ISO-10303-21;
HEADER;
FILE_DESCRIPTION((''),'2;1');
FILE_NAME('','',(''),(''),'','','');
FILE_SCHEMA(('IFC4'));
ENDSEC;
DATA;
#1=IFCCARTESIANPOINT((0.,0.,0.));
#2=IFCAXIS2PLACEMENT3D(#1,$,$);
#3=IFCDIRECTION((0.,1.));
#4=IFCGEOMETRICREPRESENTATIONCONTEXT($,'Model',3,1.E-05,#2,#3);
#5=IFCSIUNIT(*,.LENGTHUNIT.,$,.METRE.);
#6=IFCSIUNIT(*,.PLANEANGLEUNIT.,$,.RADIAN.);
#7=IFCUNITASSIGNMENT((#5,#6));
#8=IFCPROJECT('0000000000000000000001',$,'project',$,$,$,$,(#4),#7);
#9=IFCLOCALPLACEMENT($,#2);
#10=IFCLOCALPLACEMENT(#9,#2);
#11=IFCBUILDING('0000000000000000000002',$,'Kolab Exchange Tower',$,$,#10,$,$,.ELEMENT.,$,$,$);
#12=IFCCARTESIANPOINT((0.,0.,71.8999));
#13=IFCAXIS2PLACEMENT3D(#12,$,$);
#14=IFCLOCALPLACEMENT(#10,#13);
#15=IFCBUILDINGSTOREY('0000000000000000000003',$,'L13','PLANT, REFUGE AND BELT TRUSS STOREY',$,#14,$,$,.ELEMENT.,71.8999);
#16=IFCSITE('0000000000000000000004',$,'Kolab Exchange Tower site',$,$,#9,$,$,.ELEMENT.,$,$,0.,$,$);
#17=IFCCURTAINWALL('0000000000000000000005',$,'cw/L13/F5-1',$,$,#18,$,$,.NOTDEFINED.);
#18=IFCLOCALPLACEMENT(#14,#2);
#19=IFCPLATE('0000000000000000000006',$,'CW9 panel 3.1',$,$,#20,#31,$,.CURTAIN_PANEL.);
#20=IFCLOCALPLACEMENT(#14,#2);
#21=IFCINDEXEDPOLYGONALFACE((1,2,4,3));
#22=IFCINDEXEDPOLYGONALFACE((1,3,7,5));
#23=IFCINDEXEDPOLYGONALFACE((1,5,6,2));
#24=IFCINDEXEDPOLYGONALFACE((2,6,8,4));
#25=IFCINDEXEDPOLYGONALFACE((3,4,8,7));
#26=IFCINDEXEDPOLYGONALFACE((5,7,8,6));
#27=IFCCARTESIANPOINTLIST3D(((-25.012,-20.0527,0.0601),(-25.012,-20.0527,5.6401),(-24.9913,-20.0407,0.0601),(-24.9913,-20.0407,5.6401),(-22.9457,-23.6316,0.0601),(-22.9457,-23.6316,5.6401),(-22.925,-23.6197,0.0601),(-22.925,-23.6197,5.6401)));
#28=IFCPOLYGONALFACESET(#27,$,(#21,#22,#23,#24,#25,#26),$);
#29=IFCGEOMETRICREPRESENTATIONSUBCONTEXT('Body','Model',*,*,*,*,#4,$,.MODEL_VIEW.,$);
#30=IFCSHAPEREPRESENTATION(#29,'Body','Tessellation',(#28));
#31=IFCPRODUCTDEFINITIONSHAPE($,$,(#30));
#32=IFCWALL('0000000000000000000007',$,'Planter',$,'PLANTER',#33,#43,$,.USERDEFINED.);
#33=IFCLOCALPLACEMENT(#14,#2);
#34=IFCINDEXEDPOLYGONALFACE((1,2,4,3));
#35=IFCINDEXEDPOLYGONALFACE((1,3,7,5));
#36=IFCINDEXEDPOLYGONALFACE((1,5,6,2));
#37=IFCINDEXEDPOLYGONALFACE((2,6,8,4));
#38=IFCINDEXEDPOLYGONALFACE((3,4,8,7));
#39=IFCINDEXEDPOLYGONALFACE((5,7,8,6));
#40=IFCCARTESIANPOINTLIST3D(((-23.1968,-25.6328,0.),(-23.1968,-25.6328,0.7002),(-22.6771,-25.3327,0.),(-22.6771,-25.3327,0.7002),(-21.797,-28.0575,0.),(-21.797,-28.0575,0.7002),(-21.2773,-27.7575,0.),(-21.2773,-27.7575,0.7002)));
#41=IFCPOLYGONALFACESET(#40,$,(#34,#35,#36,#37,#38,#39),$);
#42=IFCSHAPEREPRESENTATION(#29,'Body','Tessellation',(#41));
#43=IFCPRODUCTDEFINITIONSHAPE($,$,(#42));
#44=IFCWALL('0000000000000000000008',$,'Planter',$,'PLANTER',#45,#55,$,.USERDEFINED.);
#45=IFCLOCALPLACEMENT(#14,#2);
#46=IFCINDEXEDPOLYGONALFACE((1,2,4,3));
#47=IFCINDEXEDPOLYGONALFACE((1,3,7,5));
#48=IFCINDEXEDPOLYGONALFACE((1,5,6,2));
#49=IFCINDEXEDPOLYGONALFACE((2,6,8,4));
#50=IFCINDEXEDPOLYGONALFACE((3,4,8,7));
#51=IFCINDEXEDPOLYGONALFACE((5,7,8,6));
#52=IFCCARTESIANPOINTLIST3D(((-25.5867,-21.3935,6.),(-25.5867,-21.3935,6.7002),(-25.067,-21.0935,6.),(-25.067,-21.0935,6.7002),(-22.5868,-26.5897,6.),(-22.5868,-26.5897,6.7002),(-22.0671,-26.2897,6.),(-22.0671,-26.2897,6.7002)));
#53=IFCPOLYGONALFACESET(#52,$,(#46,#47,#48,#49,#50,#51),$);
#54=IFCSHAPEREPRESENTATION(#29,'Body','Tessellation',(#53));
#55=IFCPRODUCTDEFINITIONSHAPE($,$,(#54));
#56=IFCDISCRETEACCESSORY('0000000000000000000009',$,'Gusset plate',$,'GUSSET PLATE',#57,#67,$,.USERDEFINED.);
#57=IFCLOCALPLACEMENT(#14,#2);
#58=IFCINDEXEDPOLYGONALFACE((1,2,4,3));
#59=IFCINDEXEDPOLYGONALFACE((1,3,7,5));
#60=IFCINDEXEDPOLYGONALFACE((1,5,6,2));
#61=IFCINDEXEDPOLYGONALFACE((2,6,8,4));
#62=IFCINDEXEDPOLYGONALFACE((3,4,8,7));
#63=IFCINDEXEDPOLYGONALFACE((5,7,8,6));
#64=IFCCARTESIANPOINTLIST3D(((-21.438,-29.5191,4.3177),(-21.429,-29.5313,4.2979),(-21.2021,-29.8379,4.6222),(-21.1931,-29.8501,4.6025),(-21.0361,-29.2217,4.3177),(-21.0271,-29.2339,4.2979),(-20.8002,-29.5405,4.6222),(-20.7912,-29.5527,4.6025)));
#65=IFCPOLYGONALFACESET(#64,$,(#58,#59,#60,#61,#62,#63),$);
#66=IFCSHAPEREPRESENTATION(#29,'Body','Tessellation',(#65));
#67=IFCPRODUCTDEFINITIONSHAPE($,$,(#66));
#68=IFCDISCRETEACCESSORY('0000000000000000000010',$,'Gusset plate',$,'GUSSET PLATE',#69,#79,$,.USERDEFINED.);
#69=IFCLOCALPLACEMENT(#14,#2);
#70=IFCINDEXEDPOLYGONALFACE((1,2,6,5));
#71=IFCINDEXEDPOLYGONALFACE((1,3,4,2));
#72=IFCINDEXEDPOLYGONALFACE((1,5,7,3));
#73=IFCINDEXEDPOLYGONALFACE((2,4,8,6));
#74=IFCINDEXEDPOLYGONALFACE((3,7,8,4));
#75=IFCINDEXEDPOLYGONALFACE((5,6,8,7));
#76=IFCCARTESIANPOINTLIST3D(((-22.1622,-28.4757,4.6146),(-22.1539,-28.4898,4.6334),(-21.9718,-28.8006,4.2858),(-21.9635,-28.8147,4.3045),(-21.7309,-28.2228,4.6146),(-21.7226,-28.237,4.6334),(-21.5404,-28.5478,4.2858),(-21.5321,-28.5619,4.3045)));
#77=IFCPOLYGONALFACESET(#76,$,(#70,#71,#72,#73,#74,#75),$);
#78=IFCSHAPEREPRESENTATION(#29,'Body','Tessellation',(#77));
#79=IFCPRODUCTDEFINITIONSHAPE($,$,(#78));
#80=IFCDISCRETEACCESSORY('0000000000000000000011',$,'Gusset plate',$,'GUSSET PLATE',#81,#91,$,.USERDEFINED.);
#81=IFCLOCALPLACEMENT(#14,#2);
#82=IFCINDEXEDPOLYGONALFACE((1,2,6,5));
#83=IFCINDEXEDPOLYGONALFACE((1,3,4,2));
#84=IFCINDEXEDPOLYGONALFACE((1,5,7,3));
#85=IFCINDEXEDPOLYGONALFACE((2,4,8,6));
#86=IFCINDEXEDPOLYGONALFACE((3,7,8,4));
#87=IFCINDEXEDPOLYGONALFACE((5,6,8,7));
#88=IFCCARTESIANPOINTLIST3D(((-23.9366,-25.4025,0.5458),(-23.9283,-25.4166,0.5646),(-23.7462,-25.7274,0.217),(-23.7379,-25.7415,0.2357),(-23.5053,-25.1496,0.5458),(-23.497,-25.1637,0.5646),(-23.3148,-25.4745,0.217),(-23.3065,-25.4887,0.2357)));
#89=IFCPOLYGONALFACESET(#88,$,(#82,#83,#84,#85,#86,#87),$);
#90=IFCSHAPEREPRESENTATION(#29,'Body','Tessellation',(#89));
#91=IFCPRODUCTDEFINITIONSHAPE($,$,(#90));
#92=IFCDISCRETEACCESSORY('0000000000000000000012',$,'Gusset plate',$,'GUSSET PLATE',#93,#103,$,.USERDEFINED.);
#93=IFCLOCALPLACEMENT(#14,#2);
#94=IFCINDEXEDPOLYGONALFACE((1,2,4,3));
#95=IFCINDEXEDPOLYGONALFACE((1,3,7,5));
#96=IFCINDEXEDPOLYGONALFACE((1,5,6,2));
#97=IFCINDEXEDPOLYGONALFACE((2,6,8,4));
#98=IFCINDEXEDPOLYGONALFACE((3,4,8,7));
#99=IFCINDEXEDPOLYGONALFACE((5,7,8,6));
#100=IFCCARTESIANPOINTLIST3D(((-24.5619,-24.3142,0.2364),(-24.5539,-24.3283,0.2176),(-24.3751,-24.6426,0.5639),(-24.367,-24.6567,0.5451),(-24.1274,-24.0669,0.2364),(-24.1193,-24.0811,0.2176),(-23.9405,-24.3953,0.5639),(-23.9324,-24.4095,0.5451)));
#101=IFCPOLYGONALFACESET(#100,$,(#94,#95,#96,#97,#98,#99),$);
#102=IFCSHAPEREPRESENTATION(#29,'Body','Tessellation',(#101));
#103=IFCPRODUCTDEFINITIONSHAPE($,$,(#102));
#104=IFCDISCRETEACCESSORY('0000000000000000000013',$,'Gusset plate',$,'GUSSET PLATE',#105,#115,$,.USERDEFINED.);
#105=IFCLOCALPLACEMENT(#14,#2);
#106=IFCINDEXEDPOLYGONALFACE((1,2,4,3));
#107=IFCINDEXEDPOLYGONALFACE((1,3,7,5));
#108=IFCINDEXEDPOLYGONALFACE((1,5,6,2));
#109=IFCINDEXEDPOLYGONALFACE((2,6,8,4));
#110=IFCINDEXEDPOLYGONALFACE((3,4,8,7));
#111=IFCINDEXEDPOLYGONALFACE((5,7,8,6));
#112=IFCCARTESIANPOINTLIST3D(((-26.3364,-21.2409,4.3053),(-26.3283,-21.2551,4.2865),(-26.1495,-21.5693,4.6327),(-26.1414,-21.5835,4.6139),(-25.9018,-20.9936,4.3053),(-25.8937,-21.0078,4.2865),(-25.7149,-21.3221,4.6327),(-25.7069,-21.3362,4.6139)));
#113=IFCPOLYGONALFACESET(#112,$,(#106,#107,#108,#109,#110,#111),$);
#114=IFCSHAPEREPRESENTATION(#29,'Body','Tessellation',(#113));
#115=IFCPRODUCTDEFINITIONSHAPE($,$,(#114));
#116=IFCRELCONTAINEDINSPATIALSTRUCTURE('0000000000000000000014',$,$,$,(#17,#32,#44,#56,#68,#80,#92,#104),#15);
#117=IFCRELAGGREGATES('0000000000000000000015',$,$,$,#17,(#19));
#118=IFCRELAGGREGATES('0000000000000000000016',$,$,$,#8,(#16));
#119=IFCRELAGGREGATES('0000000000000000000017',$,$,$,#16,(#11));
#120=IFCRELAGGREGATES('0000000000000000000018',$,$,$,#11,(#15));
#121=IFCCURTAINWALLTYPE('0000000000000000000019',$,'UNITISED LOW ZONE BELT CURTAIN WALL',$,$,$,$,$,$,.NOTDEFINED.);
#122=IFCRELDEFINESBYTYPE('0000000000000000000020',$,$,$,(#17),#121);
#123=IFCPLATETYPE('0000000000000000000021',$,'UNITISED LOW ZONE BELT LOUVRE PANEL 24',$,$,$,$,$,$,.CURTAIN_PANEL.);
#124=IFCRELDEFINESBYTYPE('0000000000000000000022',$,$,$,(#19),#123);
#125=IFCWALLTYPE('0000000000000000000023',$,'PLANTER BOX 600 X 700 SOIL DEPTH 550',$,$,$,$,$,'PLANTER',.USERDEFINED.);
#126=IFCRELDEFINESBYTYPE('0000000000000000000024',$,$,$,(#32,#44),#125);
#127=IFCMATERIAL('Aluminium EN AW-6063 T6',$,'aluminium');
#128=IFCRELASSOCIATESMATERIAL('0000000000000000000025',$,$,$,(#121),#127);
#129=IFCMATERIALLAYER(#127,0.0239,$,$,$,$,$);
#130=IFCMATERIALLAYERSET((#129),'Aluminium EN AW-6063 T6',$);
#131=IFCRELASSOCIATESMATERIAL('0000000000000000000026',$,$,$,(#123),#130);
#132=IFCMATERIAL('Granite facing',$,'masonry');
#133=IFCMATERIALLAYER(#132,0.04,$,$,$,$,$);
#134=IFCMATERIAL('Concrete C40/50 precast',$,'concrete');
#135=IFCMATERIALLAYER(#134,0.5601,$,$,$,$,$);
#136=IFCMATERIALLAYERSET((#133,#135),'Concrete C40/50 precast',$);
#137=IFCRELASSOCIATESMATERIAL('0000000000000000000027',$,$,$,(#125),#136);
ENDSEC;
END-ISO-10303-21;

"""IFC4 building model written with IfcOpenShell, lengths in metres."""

from ifc_helpers import new_model, si_unit, direction, frame, frame_2d, origin, origin_2d, place, context, subcontext, project, spatial, rectangle, extrude, material, layer, layer_set, type_object, element, aggregate, save


model = new_model("IFC4")

# Units and contexts
model_context = context("Model", 3, precision=1e-05, world=origin(), true_north=direction((0.0, 1.0)))
body_context = subcontext(model_context, "Body", "Model", "MODEL_VIEW")
ifc_project = project(units=[si_unit("LENGTHUNIT", "METRE"), si_unit("PLANEANGLEUNIT", "RADIAN")], contexts=[model_context])

# Site, building, storey
site_placement = place(None, origin())
site = spatial("IfcSite", under=ifc_project, at=site_placement, Name="Kolab Exchange Tower site", CompositionType="ELEMENT", RefElevation=0.0)
building_placement = place(site_placement, origin())
building = spatial("IfcBuilding", under=site, at=building_placement, Name="Kolab Exchange Tower", CompositionType="ELEMENT")
storey_placement = place(building_placement, frame((0.0, 0.0, 71.8999)))
storey = spatial("IfcBuildingStorey", under=building, at=storey_placement, Name="L13", Description="PLANT, REFUGE AND BELT TRUSS STOREY", CompositionType="ELEMENT", Elevation=71.8999)

# Curtain wall, plate
ifc_material_1 = material(Name="Aluminium EN AW-6063 T6", Category="aluminium")
curtain_wall_type = type_object("IfcCurtainWallType", Name="UNITISED LOW ZONE BELT CURTAIN WALL", PredefinedType="NOTDEFINED", material=ifc_material_1)
curtain_wall_placement = place(storey_placement, origin())
curtain_wall = element("IfcCurtainWall", 1, at=curtain_wall_placement, inside=storey, type_object=curtain_wall_type, Name="cw/L13/F5-1", PredefinedType="NOTDEFINED")
ifc_layer_1 = layer(ifc_material_1, 0.0239)
ifc_layer_set_1 = layer_set([ifc_layer_1], Name="Aluminium EN AW-6063 T6")
plate_type = type_object("IfcPlateType", Name="UNITISED LOW ZONE BELT LOUVRE PANEL 24", PredefinedType="CURTAIN_PANEL", material=ifc_layer_set_1)
plate_1_placement = place(storey_placement, frame((-23.9685, -21.8362, 0.0601), z_axis=(0.0, 0.0, 1.0), x_axis=(-0.5, 0.866025, 0.0)))
plate_1 = element("IfcPlate", 2, at=plate_1_placement, type_object=plate_type, Name="CW9 panel 3.1", PredefinedType="CURTAIN_PANEL", context=body_context, shape_type="SweptSolid", body=[
    extrude(rectangle(XDim=4.1326, YDim=0.0239, at=origin_2d()), origin(), (0.0, 0.0, 1.0), 5.5801),
])
aggregate(curtain_wall, [plate_1])

# Walls
ifc_material_2 = material(Name="Granite facing", Category="masonry")
ifc_layer_2 = layer(ifc_material_2, 0.04)
ifc_material_3 = material(Name="Concrete C40/50 precast", Category="concrete")
ifc_layer_3 = layer(ifc_material_3, 0.5601)
ifc_layer_set_2 = layer_set([ifc_layer_2, ifc_layer_3], Name="Concrete C40/50 precast")
wall_type = type_object("IfcWallType", Name="PLANTER BOX 600 X 700 SOIL DEPTH 550", ElementType="PLANTER", PredefinedType="USERDEFINED", material=ifc_layer_set_2)
wall_1_placement = place(storey_placement, frame((-21.5371, -27.9075, 0.0), z_axis=(0.0, 0.0, 1.0), x_axis=(-0.499984, 0.866035, 0.0)))
element("IfcWall", 3, at=wall_1_placement, inside=storey, type_object=wall_type, Name="Planter", ObjectType="PLANTER", PredefinedType="USERDEFINED", context=body_context, shape_type="SweptSolid", body=[
    extrude(rectangle(XDim=2.7998, YDim=0.6001, at=frame_2d((1.3999, 0.0))), origin(), (0.0, 0.0, 1.0), 0.7002),
])
wall_2_placement = place(storey_placement, frame((-22.3269, -26.4397, 6.0), z_axis=(0.0, 0.0, 1.0), x_axis=(-0.49999, 0.866031, 0.0)))
element("IfcWall", 4, at=wall_2_placement, inside=storey, type_object=wall_type, Name="Planter", ObjectType="PLANTER", PredefinedType="USERDEFINED", context=body_context, shape_type="SweptSolid", body=[
    extrude(rectangle(XDim=6.0, YDim=0.6001, at=frame_2d((3.0, 0.0))), origin(), (0.0, 0.0, 1.0), 0.7002),
])

# Discrete accessories
for number, where, z_axis, x_axis, name in (
    (5, (-21.1101, -29.542, 4.4502), (-0.362293, 0.489585, 0.793127), (-0.803842, -0.594843, 0.0), "Gusset plate"),
    (6, (-21.8513, -28.5117, 4.4502), (0.332615, -0.567402, 0.753275), (0.862698, 0.505719, 0.0), "Gusset plate"),
    (7, (-23.6174, -25.4526, 0.4001), (-0.332615, 0.567402, -0.753275), (-0.862698, -0.505719, 0.0), "Gusset plate"),
    (8, (-24.2512, -24.3547, 0.4001), (0.323872, -0.56923, -0.755701), (0.869164, 0.494524, 0.0), "Gusset plate"),
    (9, (-26.0176, -21.2957, 4.4502), (-0.323872, 0.56923, 0.755701), (-0.869164, -0.494524, 0.0), "Gusset plate"),
):
    element("IfcDiscreteAccessory", number, at=place(storey_placement, frame(where, z_axis=z_axis, x_axis=x_axis)), inside=storey, Name=name, ObjectType="GUSSET PLATE", PredefinedType="USERDEFINED", context=body_context, shape_type="SweptSolid", body=[
        extrude(rectangle(XDim=0.5, YDim=0.5, at=origin_2d()), origin(), (0.0, 0.0, 1.0), 0.0249),
    ])

save(model, "model.ifc")
